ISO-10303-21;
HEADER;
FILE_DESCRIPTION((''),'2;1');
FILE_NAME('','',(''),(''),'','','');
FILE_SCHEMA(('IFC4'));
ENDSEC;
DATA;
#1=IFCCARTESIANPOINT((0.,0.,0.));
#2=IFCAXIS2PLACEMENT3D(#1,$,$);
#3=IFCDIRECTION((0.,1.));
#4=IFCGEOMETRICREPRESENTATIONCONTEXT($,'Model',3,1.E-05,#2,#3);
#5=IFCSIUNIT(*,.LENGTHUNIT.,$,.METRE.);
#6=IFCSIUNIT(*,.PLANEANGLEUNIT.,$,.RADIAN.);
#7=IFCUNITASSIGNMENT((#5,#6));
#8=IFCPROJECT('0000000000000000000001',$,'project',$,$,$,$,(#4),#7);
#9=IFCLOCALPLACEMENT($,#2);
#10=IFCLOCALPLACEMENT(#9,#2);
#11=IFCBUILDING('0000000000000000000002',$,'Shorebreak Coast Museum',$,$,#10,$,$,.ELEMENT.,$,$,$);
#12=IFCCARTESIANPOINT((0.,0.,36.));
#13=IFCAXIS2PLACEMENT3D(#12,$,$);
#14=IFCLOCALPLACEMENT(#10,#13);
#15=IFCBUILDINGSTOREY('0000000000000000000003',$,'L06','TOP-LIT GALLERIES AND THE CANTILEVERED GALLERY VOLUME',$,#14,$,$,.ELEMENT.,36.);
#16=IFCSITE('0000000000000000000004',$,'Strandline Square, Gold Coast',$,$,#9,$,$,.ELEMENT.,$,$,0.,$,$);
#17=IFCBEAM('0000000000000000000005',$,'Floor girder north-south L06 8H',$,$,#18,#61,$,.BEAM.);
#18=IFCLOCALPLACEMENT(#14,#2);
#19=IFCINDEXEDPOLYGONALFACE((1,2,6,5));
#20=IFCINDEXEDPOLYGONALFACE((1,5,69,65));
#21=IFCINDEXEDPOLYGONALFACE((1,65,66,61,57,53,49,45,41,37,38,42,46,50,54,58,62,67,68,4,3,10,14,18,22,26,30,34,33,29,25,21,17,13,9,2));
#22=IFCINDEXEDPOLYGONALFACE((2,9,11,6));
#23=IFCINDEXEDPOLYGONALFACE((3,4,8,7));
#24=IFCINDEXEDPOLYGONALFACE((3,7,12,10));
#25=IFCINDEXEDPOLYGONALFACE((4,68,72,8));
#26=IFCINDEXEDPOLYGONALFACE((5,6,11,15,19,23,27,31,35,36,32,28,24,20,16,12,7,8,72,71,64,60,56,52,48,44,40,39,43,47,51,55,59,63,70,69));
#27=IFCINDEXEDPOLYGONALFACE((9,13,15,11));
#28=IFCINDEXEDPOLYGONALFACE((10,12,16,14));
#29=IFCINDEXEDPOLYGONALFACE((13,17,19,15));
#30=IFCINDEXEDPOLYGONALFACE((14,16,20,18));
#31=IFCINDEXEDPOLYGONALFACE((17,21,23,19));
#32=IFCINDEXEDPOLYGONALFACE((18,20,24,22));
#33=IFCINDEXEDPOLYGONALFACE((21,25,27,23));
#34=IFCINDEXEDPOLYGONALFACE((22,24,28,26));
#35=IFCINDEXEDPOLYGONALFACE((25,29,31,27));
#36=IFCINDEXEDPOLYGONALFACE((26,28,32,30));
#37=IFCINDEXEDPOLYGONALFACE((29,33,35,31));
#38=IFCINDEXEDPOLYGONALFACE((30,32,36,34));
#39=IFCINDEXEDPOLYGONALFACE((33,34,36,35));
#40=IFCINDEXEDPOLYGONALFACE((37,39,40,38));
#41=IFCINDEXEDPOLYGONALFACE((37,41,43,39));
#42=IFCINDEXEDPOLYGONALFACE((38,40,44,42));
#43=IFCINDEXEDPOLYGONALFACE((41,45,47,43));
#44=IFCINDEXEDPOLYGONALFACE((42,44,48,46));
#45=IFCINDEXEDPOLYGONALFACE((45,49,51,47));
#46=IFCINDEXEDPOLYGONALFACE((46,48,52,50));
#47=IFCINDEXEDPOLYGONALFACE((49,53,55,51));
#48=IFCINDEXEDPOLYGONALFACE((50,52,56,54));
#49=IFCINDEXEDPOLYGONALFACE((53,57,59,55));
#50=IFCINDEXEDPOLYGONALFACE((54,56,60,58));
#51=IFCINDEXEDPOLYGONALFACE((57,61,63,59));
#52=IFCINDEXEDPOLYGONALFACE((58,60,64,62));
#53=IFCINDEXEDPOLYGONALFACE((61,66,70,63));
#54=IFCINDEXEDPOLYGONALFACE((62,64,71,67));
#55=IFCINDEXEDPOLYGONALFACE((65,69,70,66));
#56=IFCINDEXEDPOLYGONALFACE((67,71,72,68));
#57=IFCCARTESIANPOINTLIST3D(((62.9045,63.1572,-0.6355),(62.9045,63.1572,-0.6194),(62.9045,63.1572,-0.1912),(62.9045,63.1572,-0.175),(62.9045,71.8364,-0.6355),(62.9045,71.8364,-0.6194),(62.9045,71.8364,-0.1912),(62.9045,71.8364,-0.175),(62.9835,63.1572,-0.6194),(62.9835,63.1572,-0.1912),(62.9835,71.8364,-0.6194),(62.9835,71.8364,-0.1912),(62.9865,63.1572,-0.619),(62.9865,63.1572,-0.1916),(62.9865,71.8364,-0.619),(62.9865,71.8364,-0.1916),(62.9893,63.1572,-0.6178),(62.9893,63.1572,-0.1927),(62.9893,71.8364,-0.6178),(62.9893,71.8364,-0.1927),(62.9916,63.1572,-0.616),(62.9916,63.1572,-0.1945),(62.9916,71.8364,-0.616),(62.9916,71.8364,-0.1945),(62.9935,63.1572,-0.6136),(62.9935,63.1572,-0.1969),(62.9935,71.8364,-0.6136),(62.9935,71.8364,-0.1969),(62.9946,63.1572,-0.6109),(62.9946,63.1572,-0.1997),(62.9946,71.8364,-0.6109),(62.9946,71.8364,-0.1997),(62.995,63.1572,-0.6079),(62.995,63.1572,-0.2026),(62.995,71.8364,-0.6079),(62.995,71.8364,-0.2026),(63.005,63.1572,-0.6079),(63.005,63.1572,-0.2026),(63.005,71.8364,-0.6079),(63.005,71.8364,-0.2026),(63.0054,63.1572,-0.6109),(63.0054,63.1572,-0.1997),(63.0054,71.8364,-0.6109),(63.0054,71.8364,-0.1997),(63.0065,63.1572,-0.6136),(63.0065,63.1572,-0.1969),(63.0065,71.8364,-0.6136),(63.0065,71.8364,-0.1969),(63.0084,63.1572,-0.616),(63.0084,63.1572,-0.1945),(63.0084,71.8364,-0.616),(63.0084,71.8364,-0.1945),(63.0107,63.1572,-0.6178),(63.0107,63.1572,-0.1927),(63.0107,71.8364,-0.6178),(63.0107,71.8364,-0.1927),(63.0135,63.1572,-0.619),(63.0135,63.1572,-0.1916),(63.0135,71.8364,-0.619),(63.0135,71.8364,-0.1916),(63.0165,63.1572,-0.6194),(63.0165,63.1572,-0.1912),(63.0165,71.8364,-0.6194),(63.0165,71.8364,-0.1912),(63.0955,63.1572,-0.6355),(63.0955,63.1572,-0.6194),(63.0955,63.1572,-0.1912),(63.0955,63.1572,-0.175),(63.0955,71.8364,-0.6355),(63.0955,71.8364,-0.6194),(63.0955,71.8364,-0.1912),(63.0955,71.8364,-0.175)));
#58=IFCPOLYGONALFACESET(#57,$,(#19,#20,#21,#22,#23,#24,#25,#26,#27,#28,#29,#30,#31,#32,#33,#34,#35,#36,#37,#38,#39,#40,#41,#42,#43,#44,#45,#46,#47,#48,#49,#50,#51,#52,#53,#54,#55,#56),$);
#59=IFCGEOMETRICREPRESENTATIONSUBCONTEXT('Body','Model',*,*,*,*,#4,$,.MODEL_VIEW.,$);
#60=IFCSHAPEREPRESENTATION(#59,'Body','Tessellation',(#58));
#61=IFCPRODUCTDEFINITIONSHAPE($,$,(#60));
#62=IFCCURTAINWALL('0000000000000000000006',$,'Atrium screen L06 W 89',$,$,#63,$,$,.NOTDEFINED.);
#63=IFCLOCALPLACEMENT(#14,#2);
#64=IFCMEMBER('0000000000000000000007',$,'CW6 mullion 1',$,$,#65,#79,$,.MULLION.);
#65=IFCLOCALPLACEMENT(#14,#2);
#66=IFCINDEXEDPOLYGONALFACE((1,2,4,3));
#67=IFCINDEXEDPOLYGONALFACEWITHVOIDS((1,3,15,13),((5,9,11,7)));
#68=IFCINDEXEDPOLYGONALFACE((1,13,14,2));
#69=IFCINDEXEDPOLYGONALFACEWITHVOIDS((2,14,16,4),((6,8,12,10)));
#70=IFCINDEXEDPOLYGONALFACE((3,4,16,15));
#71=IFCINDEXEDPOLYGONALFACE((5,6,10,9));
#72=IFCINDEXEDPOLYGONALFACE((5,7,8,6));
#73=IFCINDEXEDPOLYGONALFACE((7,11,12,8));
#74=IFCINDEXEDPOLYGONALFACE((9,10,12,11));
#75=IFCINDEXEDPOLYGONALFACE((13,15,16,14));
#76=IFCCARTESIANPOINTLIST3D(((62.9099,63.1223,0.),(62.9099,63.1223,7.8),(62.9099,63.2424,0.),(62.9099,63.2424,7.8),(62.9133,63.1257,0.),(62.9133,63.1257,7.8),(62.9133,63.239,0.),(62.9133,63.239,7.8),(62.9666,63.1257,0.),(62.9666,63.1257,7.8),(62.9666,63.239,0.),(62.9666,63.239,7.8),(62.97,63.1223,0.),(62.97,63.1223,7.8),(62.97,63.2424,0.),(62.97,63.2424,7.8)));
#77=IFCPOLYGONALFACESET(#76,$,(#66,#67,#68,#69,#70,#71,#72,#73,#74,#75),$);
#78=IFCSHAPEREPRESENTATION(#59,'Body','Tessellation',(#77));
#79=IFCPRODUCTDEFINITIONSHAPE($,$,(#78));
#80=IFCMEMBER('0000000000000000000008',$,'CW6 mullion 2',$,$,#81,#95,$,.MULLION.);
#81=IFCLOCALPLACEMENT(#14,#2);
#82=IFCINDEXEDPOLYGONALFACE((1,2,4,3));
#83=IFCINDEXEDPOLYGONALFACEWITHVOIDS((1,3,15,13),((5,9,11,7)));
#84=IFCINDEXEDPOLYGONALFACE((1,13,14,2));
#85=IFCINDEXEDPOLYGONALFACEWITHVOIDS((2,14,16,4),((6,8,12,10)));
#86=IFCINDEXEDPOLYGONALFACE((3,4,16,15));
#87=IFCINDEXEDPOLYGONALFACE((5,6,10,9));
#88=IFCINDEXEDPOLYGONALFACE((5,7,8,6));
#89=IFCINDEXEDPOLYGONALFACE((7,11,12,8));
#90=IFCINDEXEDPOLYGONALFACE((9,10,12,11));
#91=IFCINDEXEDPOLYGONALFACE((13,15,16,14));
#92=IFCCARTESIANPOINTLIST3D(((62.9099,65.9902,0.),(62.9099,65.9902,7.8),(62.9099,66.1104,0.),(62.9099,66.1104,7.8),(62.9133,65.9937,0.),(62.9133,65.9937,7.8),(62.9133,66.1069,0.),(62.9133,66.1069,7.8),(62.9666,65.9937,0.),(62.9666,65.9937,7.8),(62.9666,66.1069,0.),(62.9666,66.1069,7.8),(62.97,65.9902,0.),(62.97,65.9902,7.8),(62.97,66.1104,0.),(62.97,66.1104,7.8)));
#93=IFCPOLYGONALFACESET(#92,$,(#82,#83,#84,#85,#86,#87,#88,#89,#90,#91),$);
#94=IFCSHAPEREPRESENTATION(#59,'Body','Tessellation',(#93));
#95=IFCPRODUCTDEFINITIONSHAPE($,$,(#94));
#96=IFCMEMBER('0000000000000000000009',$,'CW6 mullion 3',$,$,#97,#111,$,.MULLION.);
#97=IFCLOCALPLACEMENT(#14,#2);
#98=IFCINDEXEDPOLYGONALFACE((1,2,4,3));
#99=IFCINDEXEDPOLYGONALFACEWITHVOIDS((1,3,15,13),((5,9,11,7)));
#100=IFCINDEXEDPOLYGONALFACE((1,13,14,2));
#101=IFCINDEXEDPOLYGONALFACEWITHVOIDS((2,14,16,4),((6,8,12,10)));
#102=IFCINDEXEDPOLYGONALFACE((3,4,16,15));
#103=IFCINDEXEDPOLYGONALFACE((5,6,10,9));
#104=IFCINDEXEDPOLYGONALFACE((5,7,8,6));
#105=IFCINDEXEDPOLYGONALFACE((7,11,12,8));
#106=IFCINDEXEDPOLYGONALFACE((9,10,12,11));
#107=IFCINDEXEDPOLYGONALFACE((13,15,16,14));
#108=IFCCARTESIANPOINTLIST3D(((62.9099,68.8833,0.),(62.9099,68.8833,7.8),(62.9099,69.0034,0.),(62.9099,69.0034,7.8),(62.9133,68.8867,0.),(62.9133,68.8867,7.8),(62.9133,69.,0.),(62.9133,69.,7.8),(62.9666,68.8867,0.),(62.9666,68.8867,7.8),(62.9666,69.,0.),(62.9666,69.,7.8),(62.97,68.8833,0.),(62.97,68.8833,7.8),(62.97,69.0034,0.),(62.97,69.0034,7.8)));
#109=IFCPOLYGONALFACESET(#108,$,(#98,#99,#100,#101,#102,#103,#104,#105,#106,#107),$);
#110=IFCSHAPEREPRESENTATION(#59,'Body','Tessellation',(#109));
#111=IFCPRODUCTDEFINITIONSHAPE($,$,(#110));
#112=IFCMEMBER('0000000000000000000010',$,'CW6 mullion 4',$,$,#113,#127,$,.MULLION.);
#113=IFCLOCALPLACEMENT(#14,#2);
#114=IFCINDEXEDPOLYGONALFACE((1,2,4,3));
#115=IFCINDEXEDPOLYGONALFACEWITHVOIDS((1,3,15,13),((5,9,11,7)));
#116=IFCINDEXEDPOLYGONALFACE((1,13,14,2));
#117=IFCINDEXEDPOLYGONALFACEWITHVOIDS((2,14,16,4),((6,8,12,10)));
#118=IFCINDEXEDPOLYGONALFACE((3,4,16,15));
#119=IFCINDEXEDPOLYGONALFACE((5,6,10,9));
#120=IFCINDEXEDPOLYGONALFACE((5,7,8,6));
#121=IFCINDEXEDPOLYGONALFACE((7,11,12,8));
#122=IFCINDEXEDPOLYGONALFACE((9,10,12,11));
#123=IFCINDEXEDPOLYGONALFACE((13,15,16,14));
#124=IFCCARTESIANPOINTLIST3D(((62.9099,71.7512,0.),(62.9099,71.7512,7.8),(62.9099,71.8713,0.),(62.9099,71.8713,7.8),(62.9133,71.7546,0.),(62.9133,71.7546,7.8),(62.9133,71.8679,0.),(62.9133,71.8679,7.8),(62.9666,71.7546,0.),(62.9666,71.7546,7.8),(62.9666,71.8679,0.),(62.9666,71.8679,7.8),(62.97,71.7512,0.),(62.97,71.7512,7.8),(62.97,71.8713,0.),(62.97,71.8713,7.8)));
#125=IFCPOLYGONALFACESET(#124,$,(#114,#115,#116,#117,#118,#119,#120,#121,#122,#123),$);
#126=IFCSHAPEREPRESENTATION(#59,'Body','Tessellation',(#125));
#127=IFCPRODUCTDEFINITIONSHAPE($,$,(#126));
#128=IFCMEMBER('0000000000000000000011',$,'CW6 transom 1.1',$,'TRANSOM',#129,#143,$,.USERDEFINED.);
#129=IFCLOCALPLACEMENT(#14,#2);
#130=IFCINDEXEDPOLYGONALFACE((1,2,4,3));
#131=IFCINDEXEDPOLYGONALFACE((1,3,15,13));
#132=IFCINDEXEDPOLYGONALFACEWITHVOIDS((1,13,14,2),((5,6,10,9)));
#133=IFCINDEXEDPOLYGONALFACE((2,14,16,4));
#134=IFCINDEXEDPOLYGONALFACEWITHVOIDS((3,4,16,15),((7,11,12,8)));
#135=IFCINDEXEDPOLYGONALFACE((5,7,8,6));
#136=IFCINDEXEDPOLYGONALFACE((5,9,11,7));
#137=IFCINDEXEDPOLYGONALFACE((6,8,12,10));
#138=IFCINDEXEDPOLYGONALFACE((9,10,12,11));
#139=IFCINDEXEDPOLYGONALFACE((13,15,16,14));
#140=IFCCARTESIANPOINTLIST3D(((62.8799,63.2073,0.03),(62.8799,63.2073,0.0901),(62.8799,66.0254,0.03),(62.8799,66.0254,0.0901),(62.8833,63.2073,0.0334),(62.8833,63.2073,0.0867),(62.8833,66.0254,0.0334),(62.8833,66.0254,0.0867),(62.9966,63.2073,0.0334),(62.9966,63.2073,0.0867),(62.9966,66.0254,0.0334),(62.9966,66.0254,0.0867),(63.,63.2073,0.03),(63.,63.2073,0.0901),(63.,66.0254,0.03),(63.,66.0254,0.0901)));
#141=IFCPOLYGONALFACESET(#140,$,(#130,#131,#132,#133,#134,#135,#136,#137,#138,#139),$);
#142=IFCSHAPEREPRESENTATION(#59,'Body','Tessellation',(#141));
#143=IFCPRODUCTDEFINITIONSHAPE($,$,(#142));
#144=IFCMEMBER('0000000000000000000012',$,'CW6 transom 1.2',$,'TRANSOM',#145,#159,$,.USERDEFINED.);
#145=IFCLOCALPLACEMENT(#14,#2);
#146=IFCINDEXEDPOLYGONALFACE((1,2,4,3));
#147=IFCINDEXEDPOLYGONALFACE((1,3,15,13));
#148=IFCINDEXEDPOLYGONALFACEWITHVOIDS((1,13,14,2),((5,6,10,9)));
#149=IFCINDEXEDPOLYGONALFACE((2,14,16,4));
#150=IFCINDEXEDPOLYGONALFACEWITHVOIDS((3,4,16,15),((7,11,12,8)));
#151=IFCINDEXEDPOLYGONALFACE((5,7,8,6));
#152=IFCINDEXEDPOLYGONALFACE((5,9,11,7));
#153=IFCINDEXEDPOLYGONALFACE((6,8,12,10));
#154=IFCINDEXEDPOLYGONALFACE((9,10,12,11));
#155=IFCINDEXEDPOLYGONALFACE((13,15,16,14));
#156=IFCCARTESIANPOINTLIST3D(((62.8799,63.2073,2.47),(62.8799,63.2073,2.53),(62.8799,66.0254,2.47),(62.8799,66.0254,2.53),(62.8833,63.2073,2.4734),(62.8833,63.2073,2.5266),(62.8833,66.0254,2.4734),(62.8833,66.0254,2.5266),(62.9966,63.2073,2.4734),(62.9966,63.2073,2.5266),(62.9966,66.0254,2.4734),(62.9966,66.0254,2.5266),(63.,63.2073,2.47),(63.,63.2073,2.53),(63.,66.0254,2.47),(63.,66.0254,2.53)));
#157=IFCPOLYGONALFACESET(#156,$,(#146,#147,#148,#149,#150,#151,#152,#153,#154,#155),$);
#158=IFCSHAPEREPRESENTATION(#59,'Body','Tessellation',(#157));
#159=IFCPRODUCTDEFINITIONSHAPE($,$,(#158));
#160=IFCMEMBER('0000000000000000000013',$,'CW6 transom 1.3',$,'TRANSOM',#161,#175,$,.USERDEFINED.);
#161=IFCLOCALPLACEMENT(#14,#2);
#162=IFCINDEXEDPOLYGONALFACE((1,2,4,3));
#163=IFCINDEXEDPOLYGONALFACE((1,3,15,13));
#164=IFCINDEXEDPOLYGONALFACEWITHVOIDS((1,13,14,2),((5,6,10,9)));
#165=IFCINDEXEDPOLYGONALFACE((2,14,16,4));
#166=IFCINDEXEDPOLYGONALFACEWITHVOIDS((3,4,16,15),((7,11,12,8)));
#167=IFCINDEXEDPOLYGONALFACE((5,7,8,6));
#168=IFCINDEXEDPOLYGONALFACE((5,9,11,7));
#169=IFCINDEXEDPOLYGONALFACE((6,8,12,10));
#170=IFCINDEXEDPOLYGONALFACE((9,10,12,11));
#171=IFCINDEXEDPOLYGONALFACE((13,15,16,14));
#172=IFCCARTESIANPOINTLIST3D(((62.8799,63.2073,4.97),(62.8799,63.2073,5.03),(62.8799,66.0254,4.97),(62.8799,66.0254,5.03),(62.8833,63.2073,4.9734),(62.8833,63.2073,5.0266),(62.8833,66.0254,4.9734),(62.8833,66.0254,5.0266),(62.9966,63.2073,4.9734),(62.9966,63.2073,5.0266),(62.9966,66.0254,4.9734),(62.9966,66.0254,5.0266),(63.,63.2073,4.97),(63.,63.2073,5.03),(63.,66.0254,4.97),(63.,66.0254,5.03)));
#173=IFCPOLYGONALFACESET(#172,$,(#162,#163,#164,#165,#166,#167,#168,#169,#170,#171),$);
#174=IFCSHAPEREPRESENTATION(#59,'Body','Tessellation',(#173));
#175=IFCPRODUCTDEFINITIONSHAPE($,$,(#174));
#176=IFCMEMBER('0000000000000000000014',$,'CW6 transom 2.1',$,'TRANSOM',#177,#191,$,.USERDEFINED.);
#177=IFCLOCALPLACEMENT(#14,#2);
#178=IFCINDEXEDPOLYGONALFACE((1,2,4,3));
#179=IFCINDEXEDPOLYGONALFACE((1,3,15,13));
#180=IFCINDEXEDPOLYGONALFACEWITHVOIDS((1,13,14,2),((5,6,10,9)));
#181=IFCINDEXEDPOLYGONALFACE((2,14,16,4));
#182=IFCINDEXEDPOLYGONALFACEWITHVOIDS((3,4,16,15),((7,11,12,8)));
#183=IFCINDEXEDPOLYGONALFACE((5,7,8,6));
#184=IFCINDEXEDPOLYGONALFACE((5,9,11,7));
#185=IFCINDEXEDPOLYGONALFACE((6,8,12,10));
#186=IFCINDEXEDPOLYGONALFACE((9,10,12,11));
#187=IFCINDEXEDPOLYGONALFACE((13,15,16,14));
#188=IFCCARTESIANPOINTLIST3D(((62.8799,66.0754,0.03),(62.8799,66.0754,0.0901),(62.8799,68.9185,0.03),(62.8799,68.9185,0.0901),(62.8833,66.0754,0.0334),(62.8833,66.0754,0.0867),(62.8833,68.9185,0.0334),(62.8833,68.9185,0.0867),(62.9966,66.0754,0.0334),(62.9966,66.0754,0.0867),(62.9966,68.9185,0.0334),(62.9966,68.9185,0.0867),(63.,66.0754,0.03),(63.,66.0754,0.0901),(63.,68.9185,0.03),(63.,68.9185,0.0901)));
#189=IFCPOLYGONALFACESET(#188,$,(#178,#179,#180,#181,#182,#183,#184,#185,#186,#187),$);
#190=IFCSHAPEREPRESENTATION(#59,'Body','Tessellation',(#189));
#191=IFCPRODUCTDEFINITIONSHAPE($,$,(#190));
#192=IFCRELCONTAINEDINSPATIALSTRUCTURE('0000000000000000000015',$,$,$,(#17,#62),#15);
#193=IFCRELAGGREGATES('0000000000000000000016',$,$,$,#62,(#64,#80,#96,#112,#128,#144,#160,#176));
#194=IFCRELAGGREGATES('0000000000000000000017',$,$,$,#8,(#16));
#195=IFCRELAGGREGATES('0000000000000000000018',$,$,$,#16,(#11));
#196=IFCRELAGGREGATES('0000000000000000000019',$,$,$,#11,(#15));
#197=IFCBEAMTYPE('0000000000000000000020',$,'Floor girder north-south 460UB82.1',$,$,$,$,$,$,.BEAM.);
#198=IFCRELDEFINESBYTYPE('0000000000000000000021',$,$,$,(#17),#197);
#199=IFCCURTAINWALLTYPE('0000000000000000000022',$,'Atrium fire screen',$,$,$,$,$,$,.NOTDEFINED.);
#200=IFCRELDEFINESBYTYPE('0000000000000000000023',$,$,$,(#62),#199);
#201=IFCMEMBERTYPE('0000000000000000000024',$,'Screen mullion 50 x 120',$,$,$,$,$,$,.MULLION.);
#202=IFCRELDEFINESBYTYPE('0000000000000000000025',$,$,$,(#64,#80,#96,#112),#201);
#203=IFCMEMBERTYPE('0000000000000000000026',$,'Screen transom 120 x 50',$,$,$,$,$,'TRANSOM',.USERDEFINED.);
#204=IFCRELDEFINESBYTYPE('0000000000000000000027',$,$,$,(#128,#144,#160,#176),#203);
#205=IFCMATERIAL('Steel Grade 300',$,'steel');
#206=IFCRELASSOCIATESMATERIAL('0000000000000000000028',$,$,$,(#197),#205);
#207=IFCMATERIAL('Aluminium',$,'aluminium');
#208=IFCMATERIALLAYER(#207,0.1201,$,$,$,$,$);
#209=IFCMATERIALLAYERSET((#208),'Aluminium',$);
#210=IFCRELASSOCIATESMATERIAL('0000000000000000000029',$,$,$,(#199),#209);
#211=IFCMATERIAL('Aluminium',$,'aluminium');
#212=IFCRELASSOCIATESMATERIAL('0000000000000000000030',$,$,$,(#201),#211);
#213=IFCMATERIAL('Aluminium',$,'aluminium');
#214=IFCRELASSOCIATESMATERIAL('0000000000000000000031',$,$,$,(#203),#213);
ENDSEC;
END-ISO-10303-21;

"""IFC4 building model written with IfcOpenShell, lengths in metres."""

from ifc_helpers import new_model, si_unit, direction, frame, origin, origin_2d, place, context, subcontext, project, spatial, hollow_rectangle, i_section, extrude, material, layer, layer_set, material_profile, profile_set, type_object, element, aggregate, save


model = new_model("IFC4")

# Units and contexts
model_context = context("Model", 3, precision=1e-05, world=origin(), true_north=direction((0.0, 1.0)))
body_context = subcontext(model_context, "Body", "Model", "MODEL_VIEW")
ifc_project = project(units=[si_unit("LENGTHUNIT", "METRE"), si_unit("PLANEANGLEUNIT", "RADIAN")], contexts=[model_context])

# Site, building, storey
site_placement = place(None, origin())
site = spatial("IfcSite", under=ifc_project, at=site_placement, Name="Strandline Square, Gold Coast", CompositionType="ELEMENT", RefElevation=0.0)
building_placement = place(site_placement, origin())
building = spatial("IfcBuilding", under=site, at=building_placement, Name="Shorebreak Coast Museum", CompositionType="ELEMENT")
storey_placement = place(building_placement, frame((0.0, 0.0, 36.0)))
storey = spatial("IfcBuildingStorey", under=building, at=storey_placement, Name="L06", Description="TOP-LIT GALLERIES AND THE CANTILEVERED GALLERY VOLUME", CompositionType="ELEMENT", Elevation=36.0)

# Beam
ifc_material_1 = material(Name="Steel Grade 300", Category="steel")
ifc_material_profile_1 = material_profile(ifc_material_1, i_section(OverallWidth=0.1909, OverallDepth=0.4604, WebThickness=0.01, FlangeThickness=0.0161, FilletRadius=0.0115, at=origin_2d()), Name="460UB82.1")
ifc_profile_set_1 = profile_set([ifc_material_profile_1], Name="Steel Grade 300")
beam_type = type_object("IfcBeamType", Name="Floor girder north-south 460UB82.1", PredefinedType="BEAM", material=ifc_profile_set_1)
beam_placement = place(storey_placement, frame((63.0, 63.1572, -0.4053), z_axis=(0.0, 1.0, 0.0), x_axis=(-1.0, 0.0, 0.0)))
element("IfcBeam", 1, at=beam_placement, inside=storey, type_object=beam_type, Name="Floor girder north-south L06 8H", PredefinedType="BEAM", context=body_context, shape_type="SweptSolid", body=[
    extrude(i_section(OverallWidth=0.1909, OverallDepth=0.4604, WebThickness=0.01, FlangeThickness=0.0161, FilletRadius=0.0115, at=origin_2d()), origin(), (0.0, 0.0, 1.0), 8.6792),
])

# Curtain wall, members
ifc_material_2 = material(Name="Aluminium", Category="aluminium")
ifc_layer_1 = layer(ifc_material_2, 0.1201)
ifc_layer_set_1 = layer_set([ifc_layer_1], Name="Aluminium")
curtain_wall_type = type_object("IfcCurtainWallType", Name="Atrium fire screen", PredefinedType="NOTDEFINED", material=ifc_layer_set_1)
curtain_wall_placement = place(storey_placement, origin())
curtain_wall = element("IfcCurtainWall", 2, at=curtain_wall_placement, inside=storey, type_object=curtain_wall_type, Name="Atrium screen L06 W 89", PredefinedType="NOTDEFINED")
ifc_material_3 = material(Name="Aluminium", Category="aluminium")
ifc_material_profile_2 = material_profile(ifc_material_3, hollow_rectangle(XDim=0.0601, YDim=0.1201, WallThickness=0.0034, at=origin_2d()), Name="AL 120x60 RHS")
ifc_profile_set_2 = profile_set([ifc_material_profile_2], Name="Aluminium")
member_type_1 = type_object("IfcMemberType", Name="Screen mullion 50 x 120", PredefinedType="MULLION", material=ifc_profile_set_2)
member_1_placement = place(storey_placement, frame((62.9399, 63.1824, 0.0), z_axis=(0.0, 0.0, 1.0), x_axis=(-1.0, 0.0, 0.0)))
member_1 = element("IfcMember", 3, at=member_1_placement, type_object=member_type_1, Name="CW6 mullion 1", PredefinedType="MULLION", context=body_context, shape_type="SweptSolid", body=[
    extrude(hollow_rectangle(XDim=0.0601, YDim=0.1201, WallThickness=0.0034, at=origin_2d()), origin(), (0.0, 0.0, 1.0), 7.8),
])
member_2_placement = place(storey_placement, frame((62.9399, 66.0503, 0.0), z_axis=(0.0, 0.0, 1.0), x_axis=(-1.0, 0.0, 0.0)))
member_2 = element("IfcMember", 4, at=member_2_placement, type_object=member_type_1, Name="CW6 mullion 2", PredefinedType="MULLION", context=body_context, shape_type="SweptSolid", body=[
    extrude(hollow_rectangle(XDim=0.0601, YDim=0.1201, WallThickness=0.0034, at=origin_2d()), origin(), (0.0, 0.0, 1.0), 7.8),
])
member_3_placement = place(storey_placement, frame((62.9399, 68.9434, 0.0), z_axis=(0.0, 0.0, 1.0), x_axis=(-1.0, 0.0, 0.0)))
member_3 = element("IfcMember", 5, at=member_3_placement, type_object=member_type_1, Name="CW6 mullion 3", PredefinedType="MULLION", context=body_context, shape_type="SweptSolid", body=[
    extrude(hollow_rectangle(XDim=0.0601, YDim=0.1201, WallThickness=0.0034, at=origin_2d()), origin(), (0.0, 0.0, 1.0), 7.8),
])
member_4_placement = place(storey_placement, frame((62.9399, 71.8113, 0.0), z_axis=(0.0, 0.0, 1.0), x_axis=(-1.0, 0.0, 0.0)))
member_4 = element("IfcMember", 6, at=member_4_placement, type_object=member_type_1, Name="CW6 mullion 4", PredefinedType="MULLION", context=body_context, shape_type="SweptSolid", body=[
    extrude(hollow_rectangle(XDim=0.0601, YDim=0.1201, WallThickness=0.0034, at=origin_2d()), origin(), (0.0, 0.0, 1.0), 7.8),
])
ifc_material_4 = material(Name="Aluminium", Category="aluminium")
ifc_material_profile_3 = material_profile(ifc_material_4, hollow_rectangle(XDim=0.1201, YDim=0.0601, WallThickness=0.0034, at=origin_2d()), Name="AL 60x120 RHS")
ifc_profile_set_3 = profile_set([ifc_material_profile_3], Name="Aluminium")
member_type_2 = type_object("IfcMemberType", Name="Screen transom 120 x 50", ElementType="TRANSOM", PredefinedType="USERDEFINED", material=ifc_profile_set_3)
member_5_placement = place(storey_placement, frame((62.9399, 63.2073, 0.0601), z_axis=(0.0, 1.0, 0.0), x_axis=(-1.0, 0.0, 0.0)))
member_5 = element("IfcMember", 7, at=member_5_placement, type_object=member_type_2, Name="CW6 transom 1.1", ObjectType="TRANSOM", PredefinedType="USERDEFINED", context=body_context, shape_type="SweptSolid", body=[
    extrude(hollow_rectangle(XDim=0.1201, YDim=0.0601, WallThickness=0.0034, at=origin_2d()), origin(), (0.0, 0.0, 1.0), 2.8181),
])
member_6_placement = place(storey_placement, frame((62.9399, 63.2073, 2.5), z_axis=(0.0, 1.0, 0.0), x_axis=(-1.0, 0.0, 0.0)))
member_6 = element("IfcMember", 8, at=member_6_placement, type_object=member_type_2, Name="CW6 transom 1.2", ObjectType="TRANSOM", PredefinedType="USERDEFINED", context=body_context, shape_type="SweptSolid", body=[
    extrude(hollow_rectangle(XDim=0.1201, YDim=0.0601, WallThickness=0.0034, at=origin_2d()), origin(), (0.0, 0.0, 1.0), 2.8181),
])
member_7_placement = place(storey_placement, frame((62.9399, 63.2073, 5.0), z_axis=(0.0, 1.0, 0.0), x_axis=(-1.0, 0.0, 0.0)))
member_7 = element("IfcMember", 9, at=member_7_placement, type_object=member_type_2, Name="CW6 transom 1.3", ObjectType="TRANSOM", PredefinedType="USERDEFINED", context=body_context, shape_type="SweptSolid", body=[
    extrude(hollow_rectangle(XDim=0.1201, YDim=0.0601, WallThickness=0.0034, at=origin_2d()), origin(), (0.0, 0.0, 1.0), 2.8181),
])
member_8_placement = place(storey_placement, frame((62.9399, 66.0754, 0.0601), z_axis=(0.0, 1.0, 0.0), x_axis=(-1.0, 0.0, 0.0)))
member_8 = element("IfcMember", 10, at=member_8_placement, type_object=member_type_2, Name="CW6 transom 2.1", ObjectType="TRANSOM", PredefinedType="USERDEFINED", context=body_context, shape_type="SweptSolid", body=[
    extrude(hollow_rectangle(XDim=0.1201, YDim=0.0601, WallThickness=0.0034, at=origin_2d()), origin(), (0.0, 0.0, 1.0), 2.843),
])
aggregate(curtain_wall, [member_1, member_2, member_3, member_4, member_5, member_6, member_7, member_8])

save(model, "model.ifc")
